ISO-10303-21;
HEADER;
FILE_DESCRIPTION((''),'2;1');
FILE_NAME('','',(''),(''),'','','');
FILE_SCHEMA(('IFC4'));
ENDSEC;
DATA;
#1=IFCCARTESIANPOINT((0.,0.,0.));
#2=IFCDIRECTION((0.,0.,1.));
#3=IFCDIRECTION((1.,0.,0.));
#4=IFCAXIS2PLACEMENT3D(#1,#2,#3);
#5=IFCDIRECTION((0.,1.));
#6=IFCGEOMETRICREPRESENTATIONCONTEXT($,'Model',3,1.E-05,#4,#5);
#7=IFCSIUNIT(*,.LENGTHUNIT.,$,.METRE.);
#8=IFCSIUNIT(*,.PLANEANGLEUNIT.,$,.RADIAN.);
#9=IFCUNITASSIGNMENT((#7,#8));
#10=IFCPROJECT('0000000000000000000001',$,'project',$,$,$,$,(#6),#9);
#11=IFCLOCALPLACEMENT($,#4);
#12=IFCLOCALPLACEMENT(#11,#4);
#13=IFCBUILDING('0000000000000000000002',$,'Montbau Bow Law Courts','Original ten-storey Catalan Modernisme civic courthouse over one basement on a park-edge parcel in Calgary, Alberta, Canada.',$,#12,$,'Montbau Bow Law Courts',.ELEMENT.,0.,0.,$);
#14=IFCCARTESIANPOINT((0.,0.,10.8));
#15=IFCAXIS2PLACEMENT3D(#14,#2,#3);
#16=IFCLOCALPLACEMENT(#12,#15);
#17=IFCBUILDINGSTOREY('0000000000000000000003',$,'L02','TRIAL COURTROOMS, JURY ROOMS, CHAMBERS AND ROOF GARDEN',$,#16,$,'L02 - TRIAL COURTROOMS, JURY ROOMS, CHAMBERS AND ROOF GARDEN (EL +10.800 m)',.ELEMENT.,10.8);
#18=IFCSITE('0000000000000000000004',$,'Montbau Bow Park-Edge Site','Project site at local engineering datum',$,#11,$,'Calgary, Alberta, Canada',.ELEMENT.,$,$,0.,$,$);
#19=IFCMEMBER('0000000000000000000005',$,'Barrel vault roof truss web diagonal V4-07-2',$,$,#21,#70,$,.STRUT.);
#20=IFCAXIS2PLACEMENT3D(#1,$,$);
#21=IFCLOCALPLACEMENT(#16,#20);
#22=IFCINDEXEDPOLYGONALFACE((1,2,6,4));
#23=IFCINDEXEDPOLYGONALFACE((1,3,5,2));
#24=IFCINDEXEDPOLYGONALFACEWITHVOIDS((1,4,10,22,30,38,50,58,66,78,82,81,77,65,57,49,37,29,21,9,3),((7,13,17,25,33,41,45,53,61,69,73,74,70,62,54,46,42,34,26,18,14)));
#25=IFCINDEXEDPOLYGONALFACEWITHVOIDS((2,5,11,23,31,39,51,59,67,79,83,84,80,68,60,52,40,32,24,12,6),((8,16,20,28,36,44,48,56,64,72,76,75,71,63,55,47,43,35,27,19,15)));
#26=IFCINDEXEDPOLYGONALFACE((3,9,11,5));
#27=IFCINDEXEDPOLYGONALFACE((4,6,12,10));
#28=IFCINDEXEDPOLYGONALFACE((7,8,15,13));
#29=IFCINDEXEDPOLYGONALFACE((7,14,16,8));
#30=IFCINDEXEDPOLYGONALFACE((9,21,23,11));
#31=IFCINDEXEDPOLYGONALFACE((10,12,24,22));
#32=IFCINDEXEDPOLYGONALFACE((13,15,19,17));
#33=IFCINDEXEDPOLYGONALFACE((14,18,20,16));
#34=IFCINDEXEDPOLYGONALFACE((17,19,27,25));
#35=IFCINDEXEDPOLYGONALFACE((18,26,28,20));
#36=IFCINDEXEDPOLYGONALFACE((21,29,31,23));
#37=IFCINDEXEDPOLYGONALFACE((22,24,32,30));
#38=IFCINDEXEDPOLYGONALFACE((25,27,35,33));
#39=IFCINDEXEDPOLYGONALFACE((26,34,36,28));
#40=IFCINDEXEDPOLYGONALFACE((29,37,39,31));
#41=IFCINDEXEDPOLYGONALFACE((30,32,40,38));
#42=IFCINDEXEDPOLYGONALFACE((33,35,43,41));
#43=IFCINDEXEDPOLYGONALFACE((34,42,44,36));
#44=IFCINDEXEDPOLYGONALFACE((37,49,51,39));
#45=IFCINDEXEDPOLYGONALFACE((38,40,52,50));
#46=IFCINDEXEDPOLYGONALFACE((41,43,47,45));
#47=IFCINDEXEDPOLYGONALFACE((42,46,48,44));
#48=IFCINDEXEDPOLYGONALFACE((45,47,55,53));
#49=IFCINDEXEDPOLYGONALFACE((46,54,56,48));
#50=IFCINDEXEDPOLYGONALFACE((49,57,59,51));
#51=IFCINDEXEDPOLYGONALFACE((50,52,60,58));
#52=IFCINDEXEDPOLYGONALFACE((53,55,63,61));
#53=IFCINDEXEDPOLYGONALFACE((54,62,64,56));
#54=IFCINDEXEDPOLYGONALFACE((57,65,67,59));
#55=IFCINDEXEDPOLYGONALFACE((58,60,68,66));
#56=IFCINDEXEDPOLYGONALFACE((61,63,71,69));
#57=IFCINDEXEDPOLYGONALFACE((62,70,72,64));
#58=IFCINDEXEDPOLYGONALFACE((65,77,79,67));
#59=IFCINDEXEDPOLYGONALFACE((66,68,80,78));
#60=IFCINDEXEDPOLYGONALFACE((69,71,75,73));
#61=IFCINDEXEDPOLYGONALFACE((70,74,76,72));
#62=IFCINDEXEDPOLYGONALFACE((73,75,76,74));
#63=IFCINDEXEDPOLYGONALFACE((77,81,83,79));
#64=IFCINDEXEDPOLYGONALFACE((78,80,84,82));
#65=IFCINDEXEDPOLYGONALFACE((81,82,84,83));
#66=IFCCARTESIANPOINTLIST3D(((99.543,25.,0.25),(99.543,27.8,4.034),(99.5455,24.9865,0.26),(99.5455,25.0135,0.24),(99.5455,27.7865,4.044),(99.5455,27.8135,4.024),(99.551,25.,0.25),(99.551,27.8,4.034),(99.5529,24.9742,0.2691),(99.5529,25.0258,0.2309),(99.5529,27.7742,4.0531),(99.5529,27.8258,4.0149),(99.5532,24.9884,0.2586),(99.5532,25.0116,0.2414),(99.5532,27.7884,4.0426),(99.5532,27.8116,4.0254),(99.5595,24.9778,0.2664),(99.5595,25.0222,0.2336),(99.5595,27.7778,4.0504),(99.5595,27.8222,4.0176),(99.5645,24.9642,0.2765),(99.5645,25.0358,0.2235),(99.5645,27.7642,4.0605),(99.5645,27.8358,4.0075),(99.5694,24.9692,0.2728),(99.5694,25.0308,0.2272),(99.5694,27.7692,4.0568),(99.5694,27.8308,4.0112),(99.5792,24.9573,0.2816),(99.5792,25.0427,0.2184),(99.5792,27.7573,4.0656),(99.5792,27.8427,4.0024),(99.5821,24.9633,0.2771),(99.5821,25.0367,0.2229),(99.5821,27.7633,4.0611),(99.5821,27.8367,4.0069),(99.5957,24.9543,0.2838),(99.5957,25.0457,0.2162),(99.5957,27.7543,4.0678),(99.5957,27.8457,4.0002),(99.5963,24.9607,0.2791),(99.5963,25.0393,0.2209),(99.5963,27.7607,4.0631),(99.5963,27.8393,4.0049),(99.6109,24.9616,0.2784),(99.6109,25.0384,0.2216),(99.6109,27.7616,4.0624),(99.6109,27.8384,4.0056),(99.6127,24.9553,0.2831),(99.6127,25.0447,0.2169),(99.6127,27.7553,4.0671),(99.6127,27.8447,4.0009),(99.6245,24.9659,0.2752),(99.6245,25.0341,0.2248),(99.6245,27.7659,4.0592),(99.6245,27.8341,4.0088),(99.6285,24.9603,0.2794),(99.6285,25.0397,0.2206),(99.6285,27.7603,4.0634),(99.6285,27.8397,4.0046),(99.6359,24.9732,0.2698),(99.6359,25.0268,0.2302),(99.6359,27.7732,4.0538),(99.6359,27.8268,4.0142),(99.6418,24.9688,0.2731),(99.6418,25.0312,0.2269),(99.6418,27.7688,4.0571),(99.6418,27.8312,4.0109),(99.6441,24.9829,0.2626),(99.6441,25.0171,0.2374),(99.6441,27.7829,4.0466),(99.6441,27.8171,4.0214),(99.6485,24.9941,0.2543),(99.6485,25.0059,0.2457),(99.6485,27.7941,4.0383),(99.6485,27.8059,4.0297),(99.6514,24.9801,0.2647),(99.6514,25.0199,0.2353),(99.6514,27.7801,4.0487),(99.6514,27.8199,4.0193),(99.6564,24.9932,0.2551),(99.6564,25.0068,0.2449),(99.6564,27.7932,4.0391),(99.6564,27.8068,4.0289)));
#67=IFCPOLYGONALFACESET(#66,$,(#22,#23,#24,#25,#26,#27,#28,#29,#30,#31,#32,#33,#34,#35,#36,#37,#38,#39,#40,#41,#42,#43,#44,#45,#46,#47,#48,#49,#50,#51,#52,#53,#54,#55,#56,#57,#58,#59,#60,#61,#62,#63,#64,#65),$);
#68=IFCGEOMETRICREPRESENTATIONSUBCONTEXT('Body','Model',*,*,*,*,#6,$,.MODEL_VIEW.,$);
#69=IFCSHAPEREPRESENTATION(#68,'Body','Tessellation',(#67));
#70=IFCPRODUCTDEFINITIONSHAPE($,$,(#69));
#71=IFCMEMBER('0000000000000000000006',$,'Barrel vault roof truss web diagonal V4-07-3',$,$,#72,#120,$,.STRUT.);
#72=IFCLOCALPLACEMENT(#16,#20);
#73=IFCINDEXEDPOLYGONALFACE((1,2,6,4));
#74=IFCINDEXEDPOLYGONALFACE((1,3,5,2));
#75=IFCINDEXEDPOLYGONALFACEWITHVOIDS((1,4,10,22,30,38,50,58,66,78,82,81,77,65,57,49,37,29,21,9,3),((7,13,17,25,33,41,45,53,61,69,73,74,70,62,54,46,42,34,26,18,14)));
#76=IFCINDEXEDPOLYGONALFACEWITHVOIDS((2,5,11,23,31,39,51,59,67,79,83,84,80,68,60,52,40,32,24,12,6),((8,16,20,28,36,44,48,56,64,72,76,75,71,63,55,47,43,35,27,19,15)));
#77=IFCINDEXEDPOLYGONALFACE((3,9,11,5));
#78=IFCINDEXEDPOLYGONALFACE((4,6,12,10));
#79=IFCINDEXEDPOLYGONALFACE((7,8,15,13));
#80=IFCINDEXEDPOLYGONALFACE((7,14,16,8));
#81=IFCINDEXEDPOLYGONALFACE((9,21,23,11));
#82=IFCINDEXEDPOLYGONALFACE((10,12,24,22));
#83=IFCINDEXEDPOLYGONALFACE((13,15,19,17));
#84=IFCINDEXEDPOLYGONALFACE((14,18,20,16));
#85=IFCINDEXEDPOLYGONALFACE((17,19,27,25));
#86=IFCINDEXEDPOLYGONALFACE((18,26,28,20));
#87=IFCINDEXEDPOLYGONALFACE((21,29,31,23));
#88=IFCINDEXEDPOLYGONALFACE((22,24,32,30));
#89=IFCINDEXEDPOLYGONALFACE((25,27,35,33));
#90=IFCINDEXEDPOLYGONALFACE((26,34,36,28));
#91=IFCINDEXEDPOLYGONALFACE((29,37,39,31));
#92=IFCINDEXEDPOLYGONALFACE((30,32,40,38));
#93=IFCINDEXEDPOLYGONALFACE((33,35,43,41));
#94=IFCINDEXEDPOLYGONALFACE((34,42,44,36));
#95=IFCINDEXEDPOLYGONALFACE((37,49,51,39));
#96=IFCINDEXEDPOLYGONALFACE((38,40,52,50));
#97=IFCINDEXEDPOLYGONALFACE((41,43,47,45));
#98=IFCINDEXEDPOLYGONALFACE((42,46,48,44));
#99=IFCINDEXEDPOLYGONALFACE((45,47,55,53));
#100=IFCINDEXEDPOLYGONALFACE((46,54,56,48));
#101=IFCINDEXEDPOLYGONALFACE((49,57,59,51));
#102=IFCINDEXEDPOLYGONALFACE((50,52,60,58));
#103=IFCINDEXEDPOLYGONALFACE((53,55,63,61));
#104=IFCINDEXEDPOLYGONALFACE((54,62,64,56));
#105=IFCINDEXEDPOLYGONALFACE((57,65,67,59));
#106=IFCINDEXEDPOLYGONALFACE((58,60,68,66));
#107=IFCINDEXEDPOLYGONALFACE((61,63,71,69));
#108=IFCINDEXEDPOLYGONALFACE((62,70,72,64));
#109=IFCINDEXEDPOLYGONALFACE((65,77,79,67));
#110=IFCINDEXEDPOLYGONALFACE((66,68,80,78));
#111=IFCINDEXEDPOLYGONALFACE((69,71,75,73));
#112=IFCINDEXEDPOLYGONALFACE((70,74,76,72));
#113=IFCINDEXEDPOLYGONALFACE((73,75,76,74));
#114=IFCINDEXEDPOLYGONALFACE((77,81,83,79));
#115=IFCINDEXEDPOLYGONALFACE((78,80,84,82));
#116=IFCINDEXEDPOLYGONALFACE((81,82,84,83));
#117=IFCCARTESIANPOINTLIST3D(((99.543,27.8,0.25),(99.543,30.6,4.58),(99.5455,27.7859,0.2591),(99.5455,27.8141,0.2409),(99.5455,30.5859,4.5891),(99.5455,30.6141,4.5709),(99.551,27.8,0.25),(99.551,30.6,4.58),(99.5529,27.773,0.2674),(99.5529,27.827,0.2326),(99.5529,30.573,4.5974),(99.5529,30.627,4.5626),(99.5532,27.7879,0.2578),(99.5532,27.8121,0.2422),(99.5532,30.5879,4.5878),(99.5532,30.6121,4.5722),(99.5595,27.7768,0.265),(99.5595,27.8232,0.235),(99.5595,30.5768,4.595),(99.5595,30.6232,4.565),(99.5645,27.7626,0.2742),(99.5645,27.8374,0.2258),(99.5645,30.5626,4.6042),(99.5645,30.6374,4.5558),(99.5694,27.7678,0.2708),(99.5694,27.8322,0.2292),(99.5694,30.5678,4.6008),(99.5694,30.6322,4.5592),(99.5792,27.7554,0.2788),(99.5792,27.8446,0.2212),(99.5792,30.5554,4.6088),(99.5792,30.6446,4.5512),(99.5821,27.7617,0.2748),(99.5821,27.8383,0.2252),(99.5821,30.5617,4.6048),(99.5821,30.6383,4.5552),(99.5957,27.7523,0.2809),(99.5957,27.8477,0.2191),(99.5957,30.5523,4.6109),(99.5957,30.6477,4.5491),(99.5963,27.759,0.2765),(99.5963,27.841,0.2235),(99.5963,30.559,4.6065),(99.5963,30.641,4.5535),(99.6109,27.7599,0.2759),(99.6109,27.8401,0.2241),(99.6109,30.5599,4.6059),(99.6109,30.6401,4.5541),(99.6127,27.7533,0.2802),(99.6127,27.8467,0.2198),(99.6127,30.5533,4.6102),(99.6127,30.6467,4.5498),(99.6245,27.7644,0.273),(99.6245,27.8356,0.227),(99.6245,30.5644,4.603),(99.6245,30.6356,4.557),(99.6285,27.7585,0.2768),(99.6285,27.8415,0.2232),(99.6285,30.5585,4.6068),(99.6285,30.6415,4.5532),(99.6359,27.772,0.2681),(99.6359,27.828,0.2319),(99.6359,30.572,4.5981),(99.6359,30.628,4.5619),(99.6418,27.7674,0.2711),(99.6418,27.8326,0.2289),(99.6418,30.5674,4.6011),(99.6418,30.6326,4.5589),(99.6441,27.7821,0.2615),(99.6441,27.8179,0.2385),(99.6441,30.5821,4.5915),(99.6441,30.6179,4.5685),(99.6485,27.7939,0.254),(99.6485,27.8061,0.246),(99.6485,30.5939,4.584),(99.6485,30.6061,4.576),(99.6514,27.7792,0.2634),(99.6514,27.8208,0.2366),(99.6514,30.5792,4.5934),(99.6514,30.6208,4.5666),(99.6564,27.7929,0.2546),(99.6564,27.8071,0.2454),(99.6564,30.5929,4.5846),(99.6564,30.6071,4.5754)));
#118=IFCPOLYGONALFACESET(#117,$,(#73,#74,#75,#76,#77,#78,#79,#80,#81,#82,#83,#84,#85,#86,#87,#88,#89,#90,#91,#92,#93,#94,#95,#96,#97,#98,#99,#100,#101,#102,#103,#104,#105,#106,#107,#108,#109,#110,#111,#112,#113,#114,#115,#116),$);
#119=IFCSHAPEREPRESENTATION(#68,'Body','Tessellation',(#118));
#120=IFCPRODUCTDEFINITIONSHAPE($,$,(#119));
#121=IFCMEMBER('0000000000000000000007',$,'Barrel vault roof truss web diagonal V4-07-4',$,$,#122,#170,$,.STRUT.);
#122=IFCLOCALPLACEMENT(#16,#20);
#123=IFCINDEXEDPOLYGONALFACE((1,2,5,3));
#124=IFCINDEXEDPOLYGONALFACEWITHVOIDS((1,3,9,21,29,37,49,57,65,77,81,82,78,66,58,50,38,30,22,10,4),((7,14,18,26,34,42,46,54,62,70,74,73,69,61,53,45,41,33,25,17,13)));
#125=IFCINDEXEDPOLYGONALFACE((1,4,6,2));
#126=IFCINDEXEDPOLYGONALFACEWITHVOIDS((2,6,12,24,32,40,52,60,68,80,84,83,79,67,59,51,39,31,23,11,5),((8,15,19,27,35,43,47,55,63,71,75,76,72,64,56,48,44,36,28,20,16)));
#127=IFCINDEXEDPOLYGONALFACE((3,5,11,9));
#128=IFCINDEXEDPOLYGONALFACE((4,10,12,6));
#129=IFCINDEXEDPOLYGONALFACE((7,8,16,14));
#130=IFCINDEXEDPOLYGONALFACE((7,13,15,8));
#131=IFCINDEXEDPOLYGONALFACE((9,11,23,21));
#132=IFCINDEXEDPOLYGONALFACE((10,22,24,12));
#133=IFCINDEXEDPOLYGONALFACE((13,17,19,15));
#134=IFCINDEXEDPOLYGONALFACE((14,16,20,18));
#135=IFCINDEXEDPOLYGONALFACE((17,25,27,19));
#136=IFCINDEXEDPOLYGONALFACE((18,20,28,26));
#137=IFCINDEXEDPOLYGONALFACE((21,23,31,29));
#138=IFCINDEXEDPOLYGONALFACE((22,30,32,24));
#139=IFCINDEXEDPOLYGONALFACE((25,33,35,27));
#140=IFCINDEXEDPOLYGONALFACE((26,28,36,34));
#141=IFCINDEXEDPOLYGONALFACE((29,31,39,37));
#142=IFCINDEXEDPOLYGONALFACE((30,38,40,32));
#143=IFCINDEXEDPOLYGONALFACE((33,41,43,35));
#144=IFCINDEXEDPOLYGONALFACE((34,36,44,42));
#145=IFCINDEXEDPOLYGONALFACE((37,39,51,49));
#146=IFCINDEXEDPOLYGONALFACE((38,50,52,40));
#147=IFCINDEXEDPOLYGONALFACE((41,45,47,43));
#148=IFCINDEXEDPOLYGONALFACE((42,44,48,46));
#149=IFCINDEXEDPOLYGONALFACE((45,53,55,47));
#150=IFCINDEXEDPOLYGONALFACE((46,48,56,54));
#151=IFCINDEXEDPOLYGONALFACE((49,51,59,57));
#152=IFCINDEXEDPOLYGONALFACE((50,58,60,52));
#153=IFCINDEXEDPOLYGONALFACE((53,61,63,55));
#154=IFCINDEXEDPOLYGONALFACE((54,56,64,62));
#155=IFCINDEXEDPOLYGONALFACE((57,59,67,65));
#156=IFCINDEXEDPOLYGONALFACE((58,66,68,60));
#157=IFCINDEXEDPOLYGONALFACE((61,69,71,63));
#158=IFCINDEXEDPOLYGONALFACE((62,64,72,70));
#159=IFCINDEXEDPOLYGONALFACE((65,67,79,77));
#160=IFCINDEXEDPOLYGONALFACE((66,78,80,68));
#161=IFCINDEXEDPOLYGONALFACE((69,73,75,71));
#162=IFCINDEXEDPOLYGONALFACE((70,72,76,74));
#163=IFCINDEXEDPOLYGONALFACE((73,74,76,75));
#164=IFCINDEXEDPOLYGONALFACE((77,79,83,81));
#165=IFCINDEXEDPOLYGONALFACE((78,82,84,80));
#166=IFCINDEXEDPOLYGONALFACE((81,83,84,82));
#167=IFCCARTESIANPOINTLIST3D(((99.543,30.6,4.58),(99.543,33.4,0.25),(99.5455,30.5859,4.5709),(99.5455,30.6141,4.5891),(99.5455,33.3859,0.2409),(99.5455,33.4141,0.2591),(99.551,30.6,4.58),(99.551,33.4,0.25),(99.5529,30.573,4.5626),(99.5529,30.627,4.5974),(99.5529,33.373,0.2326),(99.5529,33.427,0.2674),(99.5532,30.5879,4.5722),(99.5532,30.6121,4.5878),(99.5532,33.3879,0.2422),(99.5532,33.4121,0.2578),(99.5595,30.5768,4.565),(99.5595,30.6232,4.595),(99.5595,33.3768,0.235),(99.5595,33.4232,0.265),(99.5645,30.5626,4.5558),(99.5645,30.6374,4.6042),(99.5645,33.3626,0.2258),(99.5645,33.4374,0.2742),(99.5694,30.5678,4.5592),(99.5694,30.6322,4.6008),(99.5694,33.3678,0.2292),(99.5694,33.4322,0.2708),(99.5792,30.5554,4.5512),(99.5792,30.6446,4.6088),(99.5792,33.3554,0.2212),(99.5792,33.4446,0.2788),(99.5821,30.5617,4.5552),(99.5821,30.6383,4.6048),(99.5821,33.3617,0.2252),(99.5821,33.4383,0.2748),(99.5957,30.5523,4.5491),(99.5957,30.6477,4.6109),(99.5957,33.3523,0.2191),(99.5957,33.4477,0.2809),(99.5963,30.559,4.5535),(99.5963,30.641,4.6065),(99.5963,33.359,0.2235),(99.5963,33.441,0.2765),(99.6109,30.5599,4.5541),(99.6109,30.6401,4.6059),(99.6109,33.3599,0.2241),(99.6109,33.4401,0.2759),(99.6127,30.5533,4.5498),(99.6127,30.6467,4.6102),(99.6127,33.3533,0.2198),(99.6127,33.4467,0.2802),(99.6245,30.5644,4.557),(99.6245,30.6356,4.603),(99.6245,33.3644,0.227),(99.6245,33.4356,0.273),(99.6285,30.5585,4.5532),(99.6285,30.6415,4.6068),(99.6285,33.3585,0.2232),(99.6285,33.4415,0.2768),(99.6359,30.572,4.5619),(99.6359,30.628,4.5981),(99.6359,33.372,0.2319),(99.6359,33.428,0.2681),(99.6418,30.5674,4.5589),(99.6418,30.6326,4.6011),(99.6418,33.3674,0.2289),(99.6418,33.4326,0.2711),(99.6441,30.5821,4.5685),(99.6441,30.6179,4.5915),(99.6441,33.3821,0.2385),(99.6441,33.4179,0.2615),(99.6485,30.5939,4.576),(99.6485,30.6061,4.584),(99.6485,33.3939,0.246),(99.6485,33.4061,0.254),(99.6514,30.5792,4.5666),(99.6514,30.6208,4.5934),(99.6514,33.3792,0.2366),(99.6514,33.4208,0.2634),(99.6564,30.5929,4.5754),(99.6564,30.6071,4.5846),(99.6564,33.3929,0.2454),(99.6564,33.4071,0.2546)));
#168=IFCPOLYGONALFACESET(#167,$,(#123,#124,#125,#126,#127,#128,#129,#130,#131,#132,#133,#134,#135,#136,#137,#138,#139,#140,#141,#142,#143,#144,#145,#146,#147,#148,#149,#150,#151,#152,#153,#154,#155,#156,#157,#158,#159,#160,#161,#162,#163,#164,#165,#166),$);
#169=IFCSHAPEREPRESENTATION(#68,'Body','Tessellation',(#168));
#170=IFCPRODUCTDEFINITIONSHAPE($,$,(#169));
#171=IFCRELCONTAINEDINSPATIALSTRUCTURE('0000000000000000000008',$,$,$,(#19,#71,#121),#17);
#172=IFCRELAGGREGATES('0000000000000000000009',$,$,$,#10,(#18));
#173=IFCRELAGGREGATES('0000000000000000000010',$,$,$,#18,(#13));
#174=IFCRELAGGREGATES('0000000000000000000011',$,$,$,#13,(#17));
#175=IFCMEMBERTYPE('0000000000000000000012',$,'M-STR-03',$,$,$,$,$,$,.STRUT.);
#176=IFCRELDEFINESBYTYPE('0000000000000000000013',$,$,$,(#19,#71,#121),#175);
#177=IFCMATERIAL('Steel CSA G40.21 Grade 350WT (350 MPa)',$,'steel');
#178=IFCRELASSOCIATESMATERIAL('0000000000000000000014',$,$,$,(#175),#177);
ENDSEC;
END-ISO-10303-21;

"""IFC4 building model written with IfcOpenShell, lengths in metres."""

from ifc_helpers import new_model, si_unit, direction, frame, origin_with_axes, origin_2d_with_axis, place, context, subcontext, project, spatial, hollow_circle, extrude, material, material_profile, profile_set, type_object, element, save


model = new_model("IFC4")

# Units and contexts
model_context = context("Model", 3, precision=1e-05, world=origin_with_axes(), true_north=direction((0.0, 1.0)))
body_context = subcontext(model_context, "Body", "Model", "MODEL_VIEW")
ifc_project = project(units=[si_unit("LENGTHUNIT", "METRE"), si_unit("PLANEANGLEUNIT", "RADIAN")], contexts=[model_context])

# Site, building, storey
site_placement = place(None, origin_with_axes())
site = spatial("IfcSite", under=ifc_project, at=site_placement, Name="Montbau Bow Park-Edge Site", Description="Project site at local engineering datum", LongName="Calgary, Alberta, Canada", CompositionType="ELEMENT", RefElevation=0.0)
building_placement = place(site_placement, origin_with_axes())
building = spatial("IfcBuilding", under=site, at=building_placement, Name="Montbau Bow Law Courts", Description="Original ten-storey Catalan Modernisme civic courthouse over one basement on a park-edge parcel in Calgary, Alberta, Canada.", LongName="Montbau Bow Law Courts", CompositionType="ELEMENT", ElevationOfRefHeight=0.0, ElevationOfTerrain=0.0)
storey_placement = place(building_placement, frame((0.0, 0.0, 10.8), z_axis=(0.0, 0.0, 1.0), x_axis=(1.0, 0.0, 0.0)))
storey = spatial("IfcBuildingStorey", under=building, at=storey_placement, Name="L02", Description="TRIAL COURTROOMS, JURY ROOMS, CHAMBERS AND ROOF GARDEN", LongName="L02 - TRIAL COURTROOMS, JURY ROOMS, CHAMBERS AND ROOF GARDEN (EL +10.800 m)", CompositionType="ELEMENT", Elevation=10.8)

# Shared definitions
ifc_material_1 = material(Name="Steel CSA G40.21 Grade 350WT (350 MPa)", Category="steel")

# Members
ifc_material_profile_1 = material_profile(ifc_material_1, hollow_circle(Radius=0.057, WallThickness=0.008, at=origin_2d_with_axis()), Name="HSS114X8.0", Category="Main", Priority=0)
ifc_profile_set_1 = profile_set([ifc_material_profile_1], Name="Steel CSA G40.21 Grade 350WT (350 MPa)")
member_type_1 = type_object("IfcMemberType", Name="M-STR-03", PredefinedType="STRUT", material=ifc_profile_set_1)
member_1_placement = place(None, frame((99.6, 25.0, 11.05), z_axis=(0.0, 0.594821, 0.803858), x_axis=(-1.0, 0.0, 0.0)))
element("IfcMember", 1, at=member_1_placement, inside=storey, type_object=member_type_1, Name="Barrel vault roof truss web diagonal V4-07-2", PredefinedType="STRUT", context=body_context, shape_type="SweptSolid", body=[
    extrude(hollow_circle(Radius=0.057, WallThickness=0.008, at=origin_2d_with_axis()), origin_with_axes(), (0.0, 0.0, 1.0), 4.7073),
])
for number, where, z_axis, x_axis, name in (
    (2, (99.6, 27.8, 11.05), (0.0, 0.54301, 0.839726), (-1.0, 0.0, 0.0), "Barrel vault roof truss web diagonal V4-07-3"),
    (3, (99.6, 30.6, 15.38), (0.0, 0.54301, -0.839726), (-1.0, 0.0, 0.0), "Barrel vault roof truss web diagonal V4-07-4"),
):
    element("IfcMember", number, at=place(None, frame(where, z_axis=z_axis, x_axis=x_axis)), inside=storey, type_object=member_type_1, Name=name, PredefinedType="STRUT", context=body_context, shape_type="SweptSolid", body=[
        extrude(hollow_circle(Radius=0.057, WallThickness=0.008, at=origin_2d_with_axis()), origin_with_axes(), (0.0, 0.0, 1.0), 5.1564),
    ])

save(model, "model.ifc")
